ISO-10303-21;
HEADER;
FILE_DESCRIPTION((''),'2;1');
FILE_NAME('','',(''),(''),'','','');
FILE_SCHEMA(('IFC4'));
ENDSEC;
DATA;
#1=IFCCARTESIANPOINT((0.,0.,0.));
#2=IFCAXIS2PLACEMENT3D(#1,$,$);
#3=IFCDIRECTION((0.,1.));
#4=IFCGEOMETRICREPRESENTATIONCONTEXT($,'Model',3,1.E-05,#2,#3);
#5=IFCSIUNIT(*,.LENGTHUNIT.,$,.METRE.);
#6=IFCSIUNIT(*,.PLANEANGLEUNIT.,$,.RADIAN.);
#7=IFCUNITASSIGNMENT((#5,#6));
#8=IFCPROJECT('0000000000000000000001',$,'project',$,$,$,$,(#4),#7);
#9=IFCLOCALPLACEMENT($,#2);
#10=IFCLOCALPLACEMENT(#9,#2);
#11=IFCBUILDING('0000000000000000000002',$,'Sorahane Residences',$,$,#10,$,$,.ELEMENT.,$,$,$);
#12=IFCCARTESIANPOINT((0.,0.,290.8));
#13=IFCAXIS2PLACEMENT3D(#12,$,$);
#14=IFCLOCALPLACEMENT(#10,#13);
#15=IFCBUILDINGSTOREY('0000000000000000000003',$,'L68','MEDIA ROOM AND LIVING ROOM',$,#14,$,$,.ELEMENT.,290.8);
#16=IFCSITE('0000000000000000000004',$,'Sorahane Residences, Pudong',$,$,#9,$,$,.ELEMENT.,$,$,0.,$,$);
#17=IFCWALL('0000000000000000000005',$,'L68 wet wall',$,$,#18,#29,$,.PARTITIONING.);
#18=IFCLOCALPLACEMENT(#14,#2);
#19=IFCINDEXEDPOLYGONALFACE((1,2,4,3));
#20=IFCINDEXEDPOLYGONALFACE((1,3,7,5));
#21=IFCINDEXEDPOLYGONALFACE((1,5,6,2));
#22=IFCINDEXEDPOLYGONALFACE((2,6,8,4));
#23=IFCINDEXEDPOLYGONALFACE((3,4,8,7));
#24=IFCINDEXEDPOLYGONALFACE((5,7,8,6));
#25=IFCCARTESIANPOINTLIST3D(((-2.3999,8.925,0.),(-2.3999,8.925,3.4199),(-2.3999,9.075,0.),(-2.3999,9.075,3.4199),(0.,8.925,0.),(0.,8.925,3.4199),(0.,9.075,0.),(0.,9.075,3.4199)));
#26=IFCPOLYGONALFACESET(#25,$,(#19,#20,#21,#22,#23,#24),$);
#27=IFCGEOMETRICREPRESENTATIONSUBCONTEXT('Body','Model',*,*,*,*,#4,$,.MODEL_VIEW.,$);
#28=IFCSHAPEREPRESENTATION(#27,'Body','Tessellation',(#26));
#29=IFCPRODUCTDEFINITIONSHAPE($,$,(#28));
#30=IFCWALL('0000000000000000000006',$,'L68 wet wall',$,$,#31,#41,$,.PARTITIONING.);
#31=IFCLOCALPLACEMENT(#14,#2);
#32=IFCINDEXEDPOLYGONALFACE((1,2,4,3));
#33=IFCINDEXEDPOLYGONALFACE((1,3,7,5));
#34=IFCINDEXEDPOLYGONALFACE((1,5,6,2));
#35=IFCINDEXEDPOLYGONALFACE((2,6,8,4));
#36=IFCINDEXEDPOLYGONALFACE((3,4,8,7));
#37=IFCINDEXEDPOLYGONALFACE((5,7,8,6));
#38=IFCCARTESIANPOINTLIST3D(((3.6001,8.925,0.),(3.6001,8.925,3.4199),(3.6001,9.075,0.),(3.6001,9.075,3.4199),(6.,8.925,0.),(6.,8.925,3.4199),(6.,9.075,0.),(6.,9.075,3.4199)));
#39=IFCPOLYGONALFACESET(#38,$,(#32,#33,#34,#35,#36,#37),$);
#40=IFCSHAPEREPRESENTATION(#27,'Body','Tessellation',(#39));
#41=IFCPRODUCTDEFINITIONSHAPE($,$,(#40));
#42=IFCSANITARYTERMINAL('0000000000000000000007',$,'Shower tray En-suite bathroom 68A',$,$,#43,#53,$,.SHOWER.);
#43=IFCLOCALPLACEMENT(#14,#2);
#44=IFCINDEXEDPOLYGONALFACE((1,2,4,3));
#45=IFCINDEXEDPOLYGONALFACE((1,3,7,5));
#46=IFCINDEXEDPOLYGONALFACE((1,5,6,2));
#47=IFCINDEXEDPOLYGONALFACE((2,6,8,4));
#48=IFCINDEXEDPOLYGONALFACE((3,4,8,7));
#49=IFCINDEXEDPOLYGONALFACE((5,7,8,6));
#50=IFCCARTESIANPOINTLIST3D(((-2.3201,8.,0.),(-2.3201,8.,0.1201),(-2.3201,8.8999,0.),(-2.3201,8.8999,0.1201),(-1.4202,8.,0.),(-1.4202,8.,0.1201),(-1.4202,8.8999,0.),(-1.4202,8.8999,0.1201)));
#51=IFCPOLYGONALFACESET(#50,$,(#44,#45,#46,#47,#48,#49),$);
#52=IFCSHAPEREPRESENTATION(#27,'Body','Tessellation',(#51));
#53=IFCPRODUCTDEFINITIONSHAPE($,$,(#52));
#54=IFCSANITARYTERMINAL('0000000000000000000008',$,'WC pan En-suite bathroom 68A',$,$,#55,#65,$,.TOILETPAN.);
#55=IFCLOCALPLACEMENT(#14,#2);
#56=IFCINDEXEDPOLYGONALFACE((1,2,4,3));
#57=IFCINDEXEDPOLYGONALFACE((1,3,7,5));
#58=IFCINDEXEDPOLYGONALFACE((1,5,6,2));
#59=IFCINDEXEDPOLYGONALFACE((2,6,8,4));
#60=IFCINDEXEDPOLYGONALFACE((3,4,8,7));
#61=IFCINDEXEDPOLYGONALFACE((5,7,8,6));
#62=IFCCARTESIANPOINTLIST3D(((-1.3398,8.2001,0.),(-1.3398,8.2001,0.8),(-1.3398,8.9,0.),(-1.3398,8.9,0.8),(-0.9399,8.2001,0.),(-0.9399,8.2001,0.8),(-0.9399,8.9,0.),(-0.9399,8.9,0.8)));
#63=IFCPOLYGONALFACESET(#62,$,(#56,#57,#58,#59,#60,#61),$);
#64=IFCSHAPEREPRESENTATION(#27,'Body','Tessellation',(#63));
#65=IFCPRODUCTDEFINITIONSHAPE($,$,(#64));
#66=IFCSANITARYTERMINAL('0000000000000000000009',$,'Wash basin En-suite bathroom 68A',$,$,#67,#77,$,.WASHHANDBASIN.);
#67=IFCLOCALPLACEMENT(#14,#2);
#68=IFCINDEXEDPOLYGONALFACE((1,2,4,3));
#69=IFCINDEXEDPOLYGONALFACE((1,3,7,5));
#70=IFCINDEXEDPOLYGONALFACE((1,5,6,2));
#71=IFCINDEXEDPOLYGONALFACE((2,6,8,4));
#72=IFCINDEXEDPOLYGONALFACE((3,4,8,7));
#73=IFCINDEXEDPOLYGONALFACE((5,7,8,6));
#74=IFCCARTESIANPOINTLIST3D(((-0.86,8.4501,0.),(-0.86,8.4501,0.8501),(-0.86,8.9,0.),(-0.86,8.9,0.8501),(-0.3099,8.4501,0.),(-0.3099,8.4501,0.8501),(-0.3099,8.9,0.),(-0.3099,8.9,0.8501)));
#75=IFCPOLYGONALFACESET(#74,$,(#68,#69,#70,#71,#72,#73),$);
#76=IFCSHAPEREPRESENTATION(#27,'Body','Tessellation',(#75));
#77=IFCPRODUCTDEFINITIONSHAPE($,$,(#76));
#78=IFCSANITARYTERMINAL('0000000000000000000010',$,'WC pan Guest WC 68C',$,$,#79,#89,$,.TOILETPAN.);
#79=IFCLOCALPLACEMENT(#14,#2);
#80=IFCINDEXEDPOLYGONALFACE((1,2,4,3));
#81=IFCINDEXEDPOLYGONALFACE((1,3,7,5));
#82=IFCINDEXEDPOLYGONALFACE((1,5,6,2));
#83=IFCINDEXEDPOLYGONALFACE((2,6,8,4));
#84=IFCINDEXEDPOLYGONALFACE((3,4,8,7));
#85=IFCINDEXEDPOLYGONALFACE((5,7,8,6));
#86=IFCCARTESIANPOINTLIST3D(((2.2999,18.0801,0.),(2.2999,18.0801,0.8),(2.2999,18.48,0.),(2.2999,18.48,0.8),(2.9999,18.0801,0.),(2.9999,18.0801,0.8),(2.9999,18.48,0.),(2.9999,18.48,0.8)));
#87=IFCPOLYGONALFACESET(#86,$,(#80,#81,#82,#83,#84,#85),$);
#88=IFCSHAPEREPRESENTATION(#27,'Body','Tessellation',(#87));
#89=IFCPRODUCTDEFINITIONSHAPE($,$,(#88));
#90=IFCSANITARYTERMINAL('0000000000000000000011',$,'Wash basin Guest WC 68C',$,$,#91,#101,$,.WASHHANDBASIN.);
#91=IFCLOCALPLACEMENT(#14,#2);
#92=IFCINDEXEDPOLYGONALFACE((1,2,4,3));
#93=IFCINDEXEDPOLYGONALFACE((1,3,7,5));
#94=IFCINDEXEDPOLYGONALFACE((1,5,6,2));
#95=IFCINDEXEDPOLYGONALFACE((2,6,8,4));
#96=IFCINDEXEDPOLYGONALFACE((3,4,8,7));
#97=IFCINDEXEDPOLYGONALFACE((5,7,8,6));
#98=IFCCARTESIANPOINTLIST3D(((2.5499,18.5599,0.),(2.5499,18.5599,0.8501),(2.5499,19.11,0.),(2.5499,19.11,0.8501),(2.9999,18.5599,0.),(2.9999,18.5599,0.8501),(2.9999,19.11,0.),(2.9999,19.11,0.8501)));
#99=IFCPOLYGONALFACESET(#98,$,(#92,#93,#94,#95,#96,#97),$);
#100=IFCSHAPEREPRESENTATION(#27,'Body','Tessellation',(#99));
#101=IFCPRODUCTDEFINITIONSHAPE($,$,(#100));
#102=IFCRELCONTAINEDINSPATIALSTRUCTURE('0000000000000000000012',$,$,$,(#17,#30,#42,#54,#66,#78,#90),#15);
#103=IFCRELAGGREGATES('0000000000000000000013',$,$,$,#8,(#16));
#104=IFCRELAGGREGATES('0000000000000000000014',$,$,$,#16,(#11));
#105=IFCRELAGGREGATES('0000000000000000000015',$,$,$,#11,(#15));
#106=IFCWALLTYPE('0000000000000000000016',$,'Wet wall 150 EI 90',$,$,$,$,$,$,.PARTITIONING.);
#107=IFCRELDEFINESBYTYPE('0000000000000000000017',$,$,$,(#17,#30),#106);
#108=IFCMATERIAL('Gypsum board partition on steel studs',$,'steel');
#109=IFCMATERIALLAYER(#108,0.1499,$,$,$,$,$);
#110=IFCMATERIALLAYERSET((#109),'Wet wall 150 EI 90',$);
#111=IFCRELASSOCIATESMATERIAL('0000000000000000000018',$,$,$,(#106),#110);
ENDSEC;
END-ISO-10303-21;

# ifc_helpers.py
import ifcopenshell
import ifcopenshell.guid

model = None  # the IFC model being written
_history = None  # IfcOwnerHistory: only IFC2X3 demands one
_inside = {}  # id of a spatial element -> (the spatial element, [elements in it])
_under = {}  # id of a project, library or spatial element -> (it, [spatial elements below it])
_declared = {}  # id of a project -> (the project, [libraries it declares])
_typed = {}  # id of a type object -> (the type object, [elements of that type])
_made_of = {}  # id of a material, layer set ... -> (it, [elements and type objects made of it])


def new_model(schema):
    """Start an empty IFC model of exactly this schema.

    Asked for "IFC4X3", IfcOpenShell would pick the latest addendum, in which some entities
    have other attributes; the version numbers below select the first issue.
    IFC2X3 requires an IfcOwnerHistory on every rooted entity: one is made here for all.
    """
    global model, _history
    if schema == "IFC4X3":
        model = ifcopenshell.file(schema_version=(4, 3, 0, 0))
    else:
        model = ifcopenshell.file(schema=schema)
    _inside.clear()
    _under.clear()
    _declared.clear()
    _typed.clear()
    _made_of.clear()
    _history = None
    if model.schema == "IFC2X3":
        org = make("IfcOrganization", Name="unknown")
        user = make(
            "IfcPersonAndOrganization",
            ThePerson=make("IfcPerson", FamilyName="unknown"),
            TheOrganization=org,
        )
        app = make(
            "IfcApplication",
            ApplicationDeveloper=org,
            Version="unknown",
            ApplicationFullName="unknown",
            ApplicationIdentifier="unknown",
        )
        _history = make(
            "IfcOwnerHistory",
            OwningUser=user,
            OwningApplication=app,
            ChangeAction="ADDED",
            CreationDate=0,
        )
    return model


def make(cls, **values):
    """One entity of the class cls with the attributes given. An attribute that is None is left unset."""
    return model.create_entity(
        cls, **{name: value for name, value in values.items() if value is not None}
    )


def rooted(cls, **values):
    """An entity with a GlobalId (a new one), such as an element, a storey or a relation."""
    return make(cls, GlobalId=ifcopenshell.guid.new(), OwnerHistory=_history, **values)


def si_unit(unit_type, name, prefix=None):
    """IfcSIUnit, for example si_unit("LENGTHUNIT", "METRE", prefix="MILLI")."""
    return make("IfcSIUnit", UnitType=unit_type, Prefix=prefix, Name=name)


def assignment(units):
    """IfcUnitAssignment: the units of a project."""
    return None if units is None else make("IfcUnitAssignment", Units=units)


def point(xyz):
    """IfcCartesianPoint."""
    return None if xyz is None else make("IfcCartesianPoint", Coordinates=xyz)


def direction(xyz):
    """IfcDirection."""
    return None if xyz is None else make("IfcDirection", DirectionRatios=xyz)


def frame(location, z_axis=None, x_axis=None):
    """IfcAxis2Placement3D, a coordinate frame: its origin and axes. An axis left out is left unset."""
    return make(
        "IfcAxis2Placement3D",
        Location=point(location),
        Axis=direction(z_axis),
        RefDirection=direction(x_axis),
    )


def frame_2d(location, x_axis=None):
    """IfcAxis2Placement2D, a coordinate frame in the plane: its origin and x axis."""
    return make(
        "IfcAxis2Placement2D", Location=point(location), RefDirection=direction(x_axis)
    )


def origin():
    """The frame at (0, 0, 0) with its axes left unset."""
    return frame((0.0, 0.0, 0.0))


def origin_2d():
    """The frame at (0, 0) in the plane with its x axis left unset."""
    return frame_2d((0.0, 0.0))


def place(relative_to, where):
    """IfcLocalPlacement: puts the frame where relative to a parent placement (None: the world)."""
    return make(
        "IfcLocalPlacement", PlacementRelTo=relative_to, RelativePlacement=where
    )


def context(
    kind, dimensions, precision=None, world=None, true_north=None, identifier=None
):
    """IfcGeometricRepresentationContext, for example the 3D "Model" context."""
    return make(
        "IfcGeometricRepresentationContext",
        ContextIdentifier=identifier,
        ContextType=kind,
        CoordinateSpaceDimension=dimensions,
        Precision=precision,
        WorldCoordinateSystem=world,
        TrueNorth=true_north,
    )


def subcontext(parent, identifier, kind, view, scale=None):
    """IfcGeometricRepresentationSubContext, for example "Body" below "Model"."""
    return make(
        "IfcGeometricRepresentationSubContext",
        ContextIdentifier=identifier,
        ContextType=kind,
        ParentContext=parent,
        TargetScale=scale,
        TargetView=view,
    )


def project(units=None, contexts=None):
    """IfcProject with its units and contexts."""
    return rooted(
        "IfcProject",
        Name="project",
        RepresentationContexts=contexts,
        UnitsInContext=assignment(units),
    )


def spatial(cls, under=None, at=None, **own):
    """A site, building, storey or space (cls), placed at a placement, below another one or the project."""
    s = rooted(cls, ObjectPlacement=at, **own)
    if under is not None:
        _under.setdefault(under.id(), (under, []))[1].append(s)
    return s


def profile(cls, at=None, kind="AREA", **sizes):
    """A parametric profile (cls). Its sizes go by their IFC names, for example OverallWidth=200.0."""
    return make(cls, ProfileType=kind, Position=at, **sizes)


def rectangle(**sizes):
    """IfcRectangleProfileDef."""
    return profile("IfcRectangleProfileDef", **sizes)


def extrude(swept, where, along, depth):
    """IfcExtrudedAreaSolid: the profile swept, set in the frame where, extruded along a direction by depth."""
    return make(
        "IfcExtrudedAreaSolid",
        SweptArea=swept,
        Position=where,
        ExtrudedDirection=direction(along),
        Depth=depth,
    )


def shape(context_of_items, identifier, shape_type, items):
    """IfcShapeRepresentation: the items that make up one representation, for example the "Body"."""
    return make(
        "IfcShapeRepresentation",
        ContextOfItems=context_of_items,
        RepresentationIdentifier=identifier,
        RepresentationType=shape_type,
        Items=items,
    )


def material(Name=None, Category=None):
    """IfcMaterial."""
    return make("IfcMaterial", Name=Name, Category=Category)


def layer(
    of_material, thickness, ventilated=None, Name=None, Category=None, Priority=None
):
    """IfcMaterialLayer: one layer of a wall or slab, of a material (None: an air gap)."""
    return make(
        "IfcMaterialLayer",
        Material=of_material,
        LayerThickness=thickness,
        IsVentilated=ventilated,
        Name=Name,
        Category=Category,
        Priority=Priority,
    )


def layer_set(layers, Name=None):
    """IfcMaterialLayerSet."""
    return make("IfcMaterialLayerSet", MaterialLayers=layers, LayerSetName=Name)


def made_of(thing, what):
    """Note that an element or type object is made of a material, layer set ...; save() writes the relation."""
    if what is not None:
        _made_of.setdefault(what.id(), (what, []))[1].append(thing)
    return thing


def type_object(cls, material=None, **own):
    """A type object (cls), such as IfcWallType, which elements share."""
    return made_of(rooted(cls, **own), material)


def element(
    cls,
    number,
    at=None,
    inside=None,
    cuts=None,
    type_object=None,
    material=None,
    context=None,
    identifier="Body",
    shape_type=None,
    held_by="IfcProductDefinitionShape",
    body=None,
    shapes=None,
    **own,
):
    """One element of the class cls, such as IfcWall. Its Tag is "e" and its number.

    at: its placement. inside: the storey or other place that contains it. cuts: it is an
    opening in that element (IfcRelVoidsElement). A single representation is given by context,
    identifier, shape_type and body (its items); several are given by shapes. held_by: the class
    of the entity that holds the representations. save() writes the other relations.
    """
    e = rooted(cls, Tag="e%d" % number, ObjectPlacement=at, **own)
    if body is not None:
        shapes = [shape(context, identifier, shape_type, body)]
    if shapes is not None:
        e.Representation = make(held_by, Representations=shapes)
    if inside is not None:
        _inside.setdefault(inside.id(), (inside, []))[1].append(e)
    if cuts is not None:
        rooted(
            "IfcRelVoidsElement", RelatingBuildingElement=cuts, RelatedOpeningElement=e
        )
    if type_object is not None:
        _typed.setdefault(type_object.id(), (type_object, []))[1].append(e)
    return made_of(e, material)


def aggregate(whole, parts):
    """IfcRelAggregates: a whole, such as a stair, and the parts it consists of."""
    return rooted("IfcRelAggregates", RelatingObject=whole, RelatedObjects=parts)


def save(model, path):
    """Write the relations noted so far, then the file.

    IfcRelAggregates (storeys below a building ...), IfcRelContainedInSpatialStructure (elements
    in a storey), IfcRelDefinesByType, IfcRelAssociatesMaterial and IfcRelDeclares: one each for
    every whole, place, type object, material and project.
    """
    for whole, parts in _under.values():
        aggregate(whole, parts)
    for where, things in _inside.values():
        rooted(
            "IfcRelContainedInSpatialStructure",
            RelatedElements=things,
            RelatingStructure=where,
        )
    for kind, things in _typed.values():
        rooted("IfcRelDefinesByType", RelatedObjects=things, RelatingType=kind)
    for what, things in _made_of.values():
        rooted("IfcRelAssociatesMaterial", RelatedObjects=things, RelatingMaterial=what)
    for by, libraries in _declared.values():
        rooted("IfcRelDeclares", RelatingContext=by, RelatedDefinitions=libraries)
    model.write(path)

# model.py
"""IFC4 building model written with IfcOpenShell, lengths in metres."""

from ifc_helpers import new_model, si_unit, direction, frame, frame_2d, origin, origin_2d, place, context, subcontext, project, spatial, rectangle, extrude, material, layer, layer_set, type_object, element, save


model = new_model("IFC4")

# Units and contexts
model_context = context("Model", 3, precision=1e-05, world=origin(), true_north=direction((0.0, 1.0)))
body_context = subcontext(model_context, "Body", "Model", "MODEL_VIEW")
ifc_project = project(units=[si_unit("LENGTHUNIT", "METRE"), si_unit("PLANEANGLEUNIT", "RADIAN")], contexts=[model_context])

# Site, building, storey
site_placement = place(None, origin())
site = spatial("IfcSite", under=ifc_project, at=site_placement, Name="Sorahane Residences, Pudong", CompositionType="ELEMENT", RefElevation=0.0)
building_placement = place(site_placement, origin())
building = spatial("IfcBuilding", under=site, at=building_placement, Name="Sorahane Residences", CompositionType="ELEMENT")
storey_placement = place(building_placement, frame((0.0, 0.0, 290.8)))
storey = spatial("IfcBuildingStorey", under=building, at=storey_placement, Name="L68", Description="MEDIA ROOM AND LIVING ROOM", CompositionType="ELEMENT", Elevation=290.8)

# Walls
ifc_material_1 = material(Name="Gypsum board partition on steel studs", Category="steel")
ifc_layer_1 = layer(ifc_material_1, 0.1499)
ifc_layer_set_1 = layer_set([ifc_layer_1], Name="Wet wall 150 EI 90")
wall_type_1 = type_object("IfcWallType", Name="Wet wall 150 EI 90", PredefinedType="PARTITIONING", material=ifc_layer_set_1)
for number, where, z_axis, x_axis, name in (
    (1, (-2.3999, 9.0, 0.0), (0.0, 0.0, 1.0), (1.0, 0.0, 0.0), "L68 wet wall"),
    (2, (3.6001, 9.0, 0.0), (0.0, 0.0, 1.0), (1.0, 0.0, 0.0), "L68 wet wall"),
):
    element("IfcWall", number, at=place(storey_placement, frame(where, z_axis=z_axis, x_axis=x_axis)), inside=storey, type_object=wall_type_1, Name=name, PredefinedType="PARTITIONING", context=body_context, shape_type="SweptSolid", body=[
        extrude(rectangle(XDim=2.3999, YDim=0.1499, at=frame_2d((1.2, 0.0))), origin(), (0.0, 0.0, 1.0), 3.4199),
    ])

# Sanitary terminals
sanitary_terminal_1_placement = place(storey_placement, frame((-1.8701, 8.45, 0.0), z_axis=(0.0, 0.0, 1.0), x_axis=(1.0, 0.0, 0.0)))
element("IfcSanitaryTerminal", 3, at=sanitary_terminal_1_placement, inside=storey, Name="Shower tray En-suite bathroom 68A", PredefinedType="SHOWER", context=body_context, shape_type="SweptSolid", body=[
    extrude(rectangle(XDim=0.8999, YDim=0.8999, at=origin_2d()), origin(), (0.0, 0.0, 1.0), 0.1201),
])
sanitary_terminal_2_placement = place(storey_placement, frame((-1.1399, 8.55, 0.0), z_axis=(0.0, 0.0, 1.0), x_axis=(1.0, 0.0, 0.0)))
element("IfcSanitaryTerminal", 4, at=sanitary_terminal_2_placement, inside=storey, Name="WC pan En-suite bathroom 68A", PredefinedType="TOILETPAN", context=body_context, shape_type="SweptSolid", body=[
    extrude(rectangle(XDim=0.3999, YDim=0.7, at=origin_2d()), origin(), (0.0, 0.0, 1.0), 0.8),
])
sanitary_terminal_3_placement = place(storey_placement, frame((-0.585, 8.675, 0.0), z_axis=(0.0, 0.0, 1.0), x_axis=(1.0, 0.0, 0.0)))
element("IfcSanitaryTerminal", 5, at=sanitary_terminal_3_placement, inside=storey, Name="Wash basin En-suite bathroom 68A", PredefinedType="WASHHANDBASIN", context=body_context, shape_type="SweptSolid", body=[
    extrude(rectangle(XDim=0.55, YDim=0.45, at=origin_2d()), origin(), (0.0, 0.0, 1.0), 0.8501),
])
sanitary_terminal_4_placement = place(storey_placement, frame((2.6499, 18.28, 0.0), z_axis=(0.0, 0.0, 1.0), x_axis=(0.0, -1.0, 0.0)))
element("IfcSanitaryTerminal", 6, at=sanitary_terminal_4_placement, inside=storey, Name="WC pan Guest WC 68C", PredefinedType="TOILETPAN", context=body_context, shape_type="SweptSolid", body=[
    extrude(rectangle(XDim=0.3999, YDim=0.7, at=origin_2d()), origin(), (0.0, 0.0, 1.0), 0.8),
])
sanitary_terminal_5_placement = place(storey_placement, frame((2.7749, 18.835, 0.0), z_axis=(0.0, 0.0, 1.0), x_axis=(0.0, -1.0, 0.0)))
element("IfcSanitaryTerminal", 7, at=sanitary_terminal_5_placement, inside=storey, Name="Wash basin Guest WC 68C", PredefinedType="WASHHANDBASIN", context=body_context, shape_type="SweptSolid", body=[
    extrude(rectangle(XDim=0.55, YDim=0.45, at=origin_2d()), origin(), (0.0, 0.0, 1.0), 0.8501),
])

save(model, "model.ifc")
